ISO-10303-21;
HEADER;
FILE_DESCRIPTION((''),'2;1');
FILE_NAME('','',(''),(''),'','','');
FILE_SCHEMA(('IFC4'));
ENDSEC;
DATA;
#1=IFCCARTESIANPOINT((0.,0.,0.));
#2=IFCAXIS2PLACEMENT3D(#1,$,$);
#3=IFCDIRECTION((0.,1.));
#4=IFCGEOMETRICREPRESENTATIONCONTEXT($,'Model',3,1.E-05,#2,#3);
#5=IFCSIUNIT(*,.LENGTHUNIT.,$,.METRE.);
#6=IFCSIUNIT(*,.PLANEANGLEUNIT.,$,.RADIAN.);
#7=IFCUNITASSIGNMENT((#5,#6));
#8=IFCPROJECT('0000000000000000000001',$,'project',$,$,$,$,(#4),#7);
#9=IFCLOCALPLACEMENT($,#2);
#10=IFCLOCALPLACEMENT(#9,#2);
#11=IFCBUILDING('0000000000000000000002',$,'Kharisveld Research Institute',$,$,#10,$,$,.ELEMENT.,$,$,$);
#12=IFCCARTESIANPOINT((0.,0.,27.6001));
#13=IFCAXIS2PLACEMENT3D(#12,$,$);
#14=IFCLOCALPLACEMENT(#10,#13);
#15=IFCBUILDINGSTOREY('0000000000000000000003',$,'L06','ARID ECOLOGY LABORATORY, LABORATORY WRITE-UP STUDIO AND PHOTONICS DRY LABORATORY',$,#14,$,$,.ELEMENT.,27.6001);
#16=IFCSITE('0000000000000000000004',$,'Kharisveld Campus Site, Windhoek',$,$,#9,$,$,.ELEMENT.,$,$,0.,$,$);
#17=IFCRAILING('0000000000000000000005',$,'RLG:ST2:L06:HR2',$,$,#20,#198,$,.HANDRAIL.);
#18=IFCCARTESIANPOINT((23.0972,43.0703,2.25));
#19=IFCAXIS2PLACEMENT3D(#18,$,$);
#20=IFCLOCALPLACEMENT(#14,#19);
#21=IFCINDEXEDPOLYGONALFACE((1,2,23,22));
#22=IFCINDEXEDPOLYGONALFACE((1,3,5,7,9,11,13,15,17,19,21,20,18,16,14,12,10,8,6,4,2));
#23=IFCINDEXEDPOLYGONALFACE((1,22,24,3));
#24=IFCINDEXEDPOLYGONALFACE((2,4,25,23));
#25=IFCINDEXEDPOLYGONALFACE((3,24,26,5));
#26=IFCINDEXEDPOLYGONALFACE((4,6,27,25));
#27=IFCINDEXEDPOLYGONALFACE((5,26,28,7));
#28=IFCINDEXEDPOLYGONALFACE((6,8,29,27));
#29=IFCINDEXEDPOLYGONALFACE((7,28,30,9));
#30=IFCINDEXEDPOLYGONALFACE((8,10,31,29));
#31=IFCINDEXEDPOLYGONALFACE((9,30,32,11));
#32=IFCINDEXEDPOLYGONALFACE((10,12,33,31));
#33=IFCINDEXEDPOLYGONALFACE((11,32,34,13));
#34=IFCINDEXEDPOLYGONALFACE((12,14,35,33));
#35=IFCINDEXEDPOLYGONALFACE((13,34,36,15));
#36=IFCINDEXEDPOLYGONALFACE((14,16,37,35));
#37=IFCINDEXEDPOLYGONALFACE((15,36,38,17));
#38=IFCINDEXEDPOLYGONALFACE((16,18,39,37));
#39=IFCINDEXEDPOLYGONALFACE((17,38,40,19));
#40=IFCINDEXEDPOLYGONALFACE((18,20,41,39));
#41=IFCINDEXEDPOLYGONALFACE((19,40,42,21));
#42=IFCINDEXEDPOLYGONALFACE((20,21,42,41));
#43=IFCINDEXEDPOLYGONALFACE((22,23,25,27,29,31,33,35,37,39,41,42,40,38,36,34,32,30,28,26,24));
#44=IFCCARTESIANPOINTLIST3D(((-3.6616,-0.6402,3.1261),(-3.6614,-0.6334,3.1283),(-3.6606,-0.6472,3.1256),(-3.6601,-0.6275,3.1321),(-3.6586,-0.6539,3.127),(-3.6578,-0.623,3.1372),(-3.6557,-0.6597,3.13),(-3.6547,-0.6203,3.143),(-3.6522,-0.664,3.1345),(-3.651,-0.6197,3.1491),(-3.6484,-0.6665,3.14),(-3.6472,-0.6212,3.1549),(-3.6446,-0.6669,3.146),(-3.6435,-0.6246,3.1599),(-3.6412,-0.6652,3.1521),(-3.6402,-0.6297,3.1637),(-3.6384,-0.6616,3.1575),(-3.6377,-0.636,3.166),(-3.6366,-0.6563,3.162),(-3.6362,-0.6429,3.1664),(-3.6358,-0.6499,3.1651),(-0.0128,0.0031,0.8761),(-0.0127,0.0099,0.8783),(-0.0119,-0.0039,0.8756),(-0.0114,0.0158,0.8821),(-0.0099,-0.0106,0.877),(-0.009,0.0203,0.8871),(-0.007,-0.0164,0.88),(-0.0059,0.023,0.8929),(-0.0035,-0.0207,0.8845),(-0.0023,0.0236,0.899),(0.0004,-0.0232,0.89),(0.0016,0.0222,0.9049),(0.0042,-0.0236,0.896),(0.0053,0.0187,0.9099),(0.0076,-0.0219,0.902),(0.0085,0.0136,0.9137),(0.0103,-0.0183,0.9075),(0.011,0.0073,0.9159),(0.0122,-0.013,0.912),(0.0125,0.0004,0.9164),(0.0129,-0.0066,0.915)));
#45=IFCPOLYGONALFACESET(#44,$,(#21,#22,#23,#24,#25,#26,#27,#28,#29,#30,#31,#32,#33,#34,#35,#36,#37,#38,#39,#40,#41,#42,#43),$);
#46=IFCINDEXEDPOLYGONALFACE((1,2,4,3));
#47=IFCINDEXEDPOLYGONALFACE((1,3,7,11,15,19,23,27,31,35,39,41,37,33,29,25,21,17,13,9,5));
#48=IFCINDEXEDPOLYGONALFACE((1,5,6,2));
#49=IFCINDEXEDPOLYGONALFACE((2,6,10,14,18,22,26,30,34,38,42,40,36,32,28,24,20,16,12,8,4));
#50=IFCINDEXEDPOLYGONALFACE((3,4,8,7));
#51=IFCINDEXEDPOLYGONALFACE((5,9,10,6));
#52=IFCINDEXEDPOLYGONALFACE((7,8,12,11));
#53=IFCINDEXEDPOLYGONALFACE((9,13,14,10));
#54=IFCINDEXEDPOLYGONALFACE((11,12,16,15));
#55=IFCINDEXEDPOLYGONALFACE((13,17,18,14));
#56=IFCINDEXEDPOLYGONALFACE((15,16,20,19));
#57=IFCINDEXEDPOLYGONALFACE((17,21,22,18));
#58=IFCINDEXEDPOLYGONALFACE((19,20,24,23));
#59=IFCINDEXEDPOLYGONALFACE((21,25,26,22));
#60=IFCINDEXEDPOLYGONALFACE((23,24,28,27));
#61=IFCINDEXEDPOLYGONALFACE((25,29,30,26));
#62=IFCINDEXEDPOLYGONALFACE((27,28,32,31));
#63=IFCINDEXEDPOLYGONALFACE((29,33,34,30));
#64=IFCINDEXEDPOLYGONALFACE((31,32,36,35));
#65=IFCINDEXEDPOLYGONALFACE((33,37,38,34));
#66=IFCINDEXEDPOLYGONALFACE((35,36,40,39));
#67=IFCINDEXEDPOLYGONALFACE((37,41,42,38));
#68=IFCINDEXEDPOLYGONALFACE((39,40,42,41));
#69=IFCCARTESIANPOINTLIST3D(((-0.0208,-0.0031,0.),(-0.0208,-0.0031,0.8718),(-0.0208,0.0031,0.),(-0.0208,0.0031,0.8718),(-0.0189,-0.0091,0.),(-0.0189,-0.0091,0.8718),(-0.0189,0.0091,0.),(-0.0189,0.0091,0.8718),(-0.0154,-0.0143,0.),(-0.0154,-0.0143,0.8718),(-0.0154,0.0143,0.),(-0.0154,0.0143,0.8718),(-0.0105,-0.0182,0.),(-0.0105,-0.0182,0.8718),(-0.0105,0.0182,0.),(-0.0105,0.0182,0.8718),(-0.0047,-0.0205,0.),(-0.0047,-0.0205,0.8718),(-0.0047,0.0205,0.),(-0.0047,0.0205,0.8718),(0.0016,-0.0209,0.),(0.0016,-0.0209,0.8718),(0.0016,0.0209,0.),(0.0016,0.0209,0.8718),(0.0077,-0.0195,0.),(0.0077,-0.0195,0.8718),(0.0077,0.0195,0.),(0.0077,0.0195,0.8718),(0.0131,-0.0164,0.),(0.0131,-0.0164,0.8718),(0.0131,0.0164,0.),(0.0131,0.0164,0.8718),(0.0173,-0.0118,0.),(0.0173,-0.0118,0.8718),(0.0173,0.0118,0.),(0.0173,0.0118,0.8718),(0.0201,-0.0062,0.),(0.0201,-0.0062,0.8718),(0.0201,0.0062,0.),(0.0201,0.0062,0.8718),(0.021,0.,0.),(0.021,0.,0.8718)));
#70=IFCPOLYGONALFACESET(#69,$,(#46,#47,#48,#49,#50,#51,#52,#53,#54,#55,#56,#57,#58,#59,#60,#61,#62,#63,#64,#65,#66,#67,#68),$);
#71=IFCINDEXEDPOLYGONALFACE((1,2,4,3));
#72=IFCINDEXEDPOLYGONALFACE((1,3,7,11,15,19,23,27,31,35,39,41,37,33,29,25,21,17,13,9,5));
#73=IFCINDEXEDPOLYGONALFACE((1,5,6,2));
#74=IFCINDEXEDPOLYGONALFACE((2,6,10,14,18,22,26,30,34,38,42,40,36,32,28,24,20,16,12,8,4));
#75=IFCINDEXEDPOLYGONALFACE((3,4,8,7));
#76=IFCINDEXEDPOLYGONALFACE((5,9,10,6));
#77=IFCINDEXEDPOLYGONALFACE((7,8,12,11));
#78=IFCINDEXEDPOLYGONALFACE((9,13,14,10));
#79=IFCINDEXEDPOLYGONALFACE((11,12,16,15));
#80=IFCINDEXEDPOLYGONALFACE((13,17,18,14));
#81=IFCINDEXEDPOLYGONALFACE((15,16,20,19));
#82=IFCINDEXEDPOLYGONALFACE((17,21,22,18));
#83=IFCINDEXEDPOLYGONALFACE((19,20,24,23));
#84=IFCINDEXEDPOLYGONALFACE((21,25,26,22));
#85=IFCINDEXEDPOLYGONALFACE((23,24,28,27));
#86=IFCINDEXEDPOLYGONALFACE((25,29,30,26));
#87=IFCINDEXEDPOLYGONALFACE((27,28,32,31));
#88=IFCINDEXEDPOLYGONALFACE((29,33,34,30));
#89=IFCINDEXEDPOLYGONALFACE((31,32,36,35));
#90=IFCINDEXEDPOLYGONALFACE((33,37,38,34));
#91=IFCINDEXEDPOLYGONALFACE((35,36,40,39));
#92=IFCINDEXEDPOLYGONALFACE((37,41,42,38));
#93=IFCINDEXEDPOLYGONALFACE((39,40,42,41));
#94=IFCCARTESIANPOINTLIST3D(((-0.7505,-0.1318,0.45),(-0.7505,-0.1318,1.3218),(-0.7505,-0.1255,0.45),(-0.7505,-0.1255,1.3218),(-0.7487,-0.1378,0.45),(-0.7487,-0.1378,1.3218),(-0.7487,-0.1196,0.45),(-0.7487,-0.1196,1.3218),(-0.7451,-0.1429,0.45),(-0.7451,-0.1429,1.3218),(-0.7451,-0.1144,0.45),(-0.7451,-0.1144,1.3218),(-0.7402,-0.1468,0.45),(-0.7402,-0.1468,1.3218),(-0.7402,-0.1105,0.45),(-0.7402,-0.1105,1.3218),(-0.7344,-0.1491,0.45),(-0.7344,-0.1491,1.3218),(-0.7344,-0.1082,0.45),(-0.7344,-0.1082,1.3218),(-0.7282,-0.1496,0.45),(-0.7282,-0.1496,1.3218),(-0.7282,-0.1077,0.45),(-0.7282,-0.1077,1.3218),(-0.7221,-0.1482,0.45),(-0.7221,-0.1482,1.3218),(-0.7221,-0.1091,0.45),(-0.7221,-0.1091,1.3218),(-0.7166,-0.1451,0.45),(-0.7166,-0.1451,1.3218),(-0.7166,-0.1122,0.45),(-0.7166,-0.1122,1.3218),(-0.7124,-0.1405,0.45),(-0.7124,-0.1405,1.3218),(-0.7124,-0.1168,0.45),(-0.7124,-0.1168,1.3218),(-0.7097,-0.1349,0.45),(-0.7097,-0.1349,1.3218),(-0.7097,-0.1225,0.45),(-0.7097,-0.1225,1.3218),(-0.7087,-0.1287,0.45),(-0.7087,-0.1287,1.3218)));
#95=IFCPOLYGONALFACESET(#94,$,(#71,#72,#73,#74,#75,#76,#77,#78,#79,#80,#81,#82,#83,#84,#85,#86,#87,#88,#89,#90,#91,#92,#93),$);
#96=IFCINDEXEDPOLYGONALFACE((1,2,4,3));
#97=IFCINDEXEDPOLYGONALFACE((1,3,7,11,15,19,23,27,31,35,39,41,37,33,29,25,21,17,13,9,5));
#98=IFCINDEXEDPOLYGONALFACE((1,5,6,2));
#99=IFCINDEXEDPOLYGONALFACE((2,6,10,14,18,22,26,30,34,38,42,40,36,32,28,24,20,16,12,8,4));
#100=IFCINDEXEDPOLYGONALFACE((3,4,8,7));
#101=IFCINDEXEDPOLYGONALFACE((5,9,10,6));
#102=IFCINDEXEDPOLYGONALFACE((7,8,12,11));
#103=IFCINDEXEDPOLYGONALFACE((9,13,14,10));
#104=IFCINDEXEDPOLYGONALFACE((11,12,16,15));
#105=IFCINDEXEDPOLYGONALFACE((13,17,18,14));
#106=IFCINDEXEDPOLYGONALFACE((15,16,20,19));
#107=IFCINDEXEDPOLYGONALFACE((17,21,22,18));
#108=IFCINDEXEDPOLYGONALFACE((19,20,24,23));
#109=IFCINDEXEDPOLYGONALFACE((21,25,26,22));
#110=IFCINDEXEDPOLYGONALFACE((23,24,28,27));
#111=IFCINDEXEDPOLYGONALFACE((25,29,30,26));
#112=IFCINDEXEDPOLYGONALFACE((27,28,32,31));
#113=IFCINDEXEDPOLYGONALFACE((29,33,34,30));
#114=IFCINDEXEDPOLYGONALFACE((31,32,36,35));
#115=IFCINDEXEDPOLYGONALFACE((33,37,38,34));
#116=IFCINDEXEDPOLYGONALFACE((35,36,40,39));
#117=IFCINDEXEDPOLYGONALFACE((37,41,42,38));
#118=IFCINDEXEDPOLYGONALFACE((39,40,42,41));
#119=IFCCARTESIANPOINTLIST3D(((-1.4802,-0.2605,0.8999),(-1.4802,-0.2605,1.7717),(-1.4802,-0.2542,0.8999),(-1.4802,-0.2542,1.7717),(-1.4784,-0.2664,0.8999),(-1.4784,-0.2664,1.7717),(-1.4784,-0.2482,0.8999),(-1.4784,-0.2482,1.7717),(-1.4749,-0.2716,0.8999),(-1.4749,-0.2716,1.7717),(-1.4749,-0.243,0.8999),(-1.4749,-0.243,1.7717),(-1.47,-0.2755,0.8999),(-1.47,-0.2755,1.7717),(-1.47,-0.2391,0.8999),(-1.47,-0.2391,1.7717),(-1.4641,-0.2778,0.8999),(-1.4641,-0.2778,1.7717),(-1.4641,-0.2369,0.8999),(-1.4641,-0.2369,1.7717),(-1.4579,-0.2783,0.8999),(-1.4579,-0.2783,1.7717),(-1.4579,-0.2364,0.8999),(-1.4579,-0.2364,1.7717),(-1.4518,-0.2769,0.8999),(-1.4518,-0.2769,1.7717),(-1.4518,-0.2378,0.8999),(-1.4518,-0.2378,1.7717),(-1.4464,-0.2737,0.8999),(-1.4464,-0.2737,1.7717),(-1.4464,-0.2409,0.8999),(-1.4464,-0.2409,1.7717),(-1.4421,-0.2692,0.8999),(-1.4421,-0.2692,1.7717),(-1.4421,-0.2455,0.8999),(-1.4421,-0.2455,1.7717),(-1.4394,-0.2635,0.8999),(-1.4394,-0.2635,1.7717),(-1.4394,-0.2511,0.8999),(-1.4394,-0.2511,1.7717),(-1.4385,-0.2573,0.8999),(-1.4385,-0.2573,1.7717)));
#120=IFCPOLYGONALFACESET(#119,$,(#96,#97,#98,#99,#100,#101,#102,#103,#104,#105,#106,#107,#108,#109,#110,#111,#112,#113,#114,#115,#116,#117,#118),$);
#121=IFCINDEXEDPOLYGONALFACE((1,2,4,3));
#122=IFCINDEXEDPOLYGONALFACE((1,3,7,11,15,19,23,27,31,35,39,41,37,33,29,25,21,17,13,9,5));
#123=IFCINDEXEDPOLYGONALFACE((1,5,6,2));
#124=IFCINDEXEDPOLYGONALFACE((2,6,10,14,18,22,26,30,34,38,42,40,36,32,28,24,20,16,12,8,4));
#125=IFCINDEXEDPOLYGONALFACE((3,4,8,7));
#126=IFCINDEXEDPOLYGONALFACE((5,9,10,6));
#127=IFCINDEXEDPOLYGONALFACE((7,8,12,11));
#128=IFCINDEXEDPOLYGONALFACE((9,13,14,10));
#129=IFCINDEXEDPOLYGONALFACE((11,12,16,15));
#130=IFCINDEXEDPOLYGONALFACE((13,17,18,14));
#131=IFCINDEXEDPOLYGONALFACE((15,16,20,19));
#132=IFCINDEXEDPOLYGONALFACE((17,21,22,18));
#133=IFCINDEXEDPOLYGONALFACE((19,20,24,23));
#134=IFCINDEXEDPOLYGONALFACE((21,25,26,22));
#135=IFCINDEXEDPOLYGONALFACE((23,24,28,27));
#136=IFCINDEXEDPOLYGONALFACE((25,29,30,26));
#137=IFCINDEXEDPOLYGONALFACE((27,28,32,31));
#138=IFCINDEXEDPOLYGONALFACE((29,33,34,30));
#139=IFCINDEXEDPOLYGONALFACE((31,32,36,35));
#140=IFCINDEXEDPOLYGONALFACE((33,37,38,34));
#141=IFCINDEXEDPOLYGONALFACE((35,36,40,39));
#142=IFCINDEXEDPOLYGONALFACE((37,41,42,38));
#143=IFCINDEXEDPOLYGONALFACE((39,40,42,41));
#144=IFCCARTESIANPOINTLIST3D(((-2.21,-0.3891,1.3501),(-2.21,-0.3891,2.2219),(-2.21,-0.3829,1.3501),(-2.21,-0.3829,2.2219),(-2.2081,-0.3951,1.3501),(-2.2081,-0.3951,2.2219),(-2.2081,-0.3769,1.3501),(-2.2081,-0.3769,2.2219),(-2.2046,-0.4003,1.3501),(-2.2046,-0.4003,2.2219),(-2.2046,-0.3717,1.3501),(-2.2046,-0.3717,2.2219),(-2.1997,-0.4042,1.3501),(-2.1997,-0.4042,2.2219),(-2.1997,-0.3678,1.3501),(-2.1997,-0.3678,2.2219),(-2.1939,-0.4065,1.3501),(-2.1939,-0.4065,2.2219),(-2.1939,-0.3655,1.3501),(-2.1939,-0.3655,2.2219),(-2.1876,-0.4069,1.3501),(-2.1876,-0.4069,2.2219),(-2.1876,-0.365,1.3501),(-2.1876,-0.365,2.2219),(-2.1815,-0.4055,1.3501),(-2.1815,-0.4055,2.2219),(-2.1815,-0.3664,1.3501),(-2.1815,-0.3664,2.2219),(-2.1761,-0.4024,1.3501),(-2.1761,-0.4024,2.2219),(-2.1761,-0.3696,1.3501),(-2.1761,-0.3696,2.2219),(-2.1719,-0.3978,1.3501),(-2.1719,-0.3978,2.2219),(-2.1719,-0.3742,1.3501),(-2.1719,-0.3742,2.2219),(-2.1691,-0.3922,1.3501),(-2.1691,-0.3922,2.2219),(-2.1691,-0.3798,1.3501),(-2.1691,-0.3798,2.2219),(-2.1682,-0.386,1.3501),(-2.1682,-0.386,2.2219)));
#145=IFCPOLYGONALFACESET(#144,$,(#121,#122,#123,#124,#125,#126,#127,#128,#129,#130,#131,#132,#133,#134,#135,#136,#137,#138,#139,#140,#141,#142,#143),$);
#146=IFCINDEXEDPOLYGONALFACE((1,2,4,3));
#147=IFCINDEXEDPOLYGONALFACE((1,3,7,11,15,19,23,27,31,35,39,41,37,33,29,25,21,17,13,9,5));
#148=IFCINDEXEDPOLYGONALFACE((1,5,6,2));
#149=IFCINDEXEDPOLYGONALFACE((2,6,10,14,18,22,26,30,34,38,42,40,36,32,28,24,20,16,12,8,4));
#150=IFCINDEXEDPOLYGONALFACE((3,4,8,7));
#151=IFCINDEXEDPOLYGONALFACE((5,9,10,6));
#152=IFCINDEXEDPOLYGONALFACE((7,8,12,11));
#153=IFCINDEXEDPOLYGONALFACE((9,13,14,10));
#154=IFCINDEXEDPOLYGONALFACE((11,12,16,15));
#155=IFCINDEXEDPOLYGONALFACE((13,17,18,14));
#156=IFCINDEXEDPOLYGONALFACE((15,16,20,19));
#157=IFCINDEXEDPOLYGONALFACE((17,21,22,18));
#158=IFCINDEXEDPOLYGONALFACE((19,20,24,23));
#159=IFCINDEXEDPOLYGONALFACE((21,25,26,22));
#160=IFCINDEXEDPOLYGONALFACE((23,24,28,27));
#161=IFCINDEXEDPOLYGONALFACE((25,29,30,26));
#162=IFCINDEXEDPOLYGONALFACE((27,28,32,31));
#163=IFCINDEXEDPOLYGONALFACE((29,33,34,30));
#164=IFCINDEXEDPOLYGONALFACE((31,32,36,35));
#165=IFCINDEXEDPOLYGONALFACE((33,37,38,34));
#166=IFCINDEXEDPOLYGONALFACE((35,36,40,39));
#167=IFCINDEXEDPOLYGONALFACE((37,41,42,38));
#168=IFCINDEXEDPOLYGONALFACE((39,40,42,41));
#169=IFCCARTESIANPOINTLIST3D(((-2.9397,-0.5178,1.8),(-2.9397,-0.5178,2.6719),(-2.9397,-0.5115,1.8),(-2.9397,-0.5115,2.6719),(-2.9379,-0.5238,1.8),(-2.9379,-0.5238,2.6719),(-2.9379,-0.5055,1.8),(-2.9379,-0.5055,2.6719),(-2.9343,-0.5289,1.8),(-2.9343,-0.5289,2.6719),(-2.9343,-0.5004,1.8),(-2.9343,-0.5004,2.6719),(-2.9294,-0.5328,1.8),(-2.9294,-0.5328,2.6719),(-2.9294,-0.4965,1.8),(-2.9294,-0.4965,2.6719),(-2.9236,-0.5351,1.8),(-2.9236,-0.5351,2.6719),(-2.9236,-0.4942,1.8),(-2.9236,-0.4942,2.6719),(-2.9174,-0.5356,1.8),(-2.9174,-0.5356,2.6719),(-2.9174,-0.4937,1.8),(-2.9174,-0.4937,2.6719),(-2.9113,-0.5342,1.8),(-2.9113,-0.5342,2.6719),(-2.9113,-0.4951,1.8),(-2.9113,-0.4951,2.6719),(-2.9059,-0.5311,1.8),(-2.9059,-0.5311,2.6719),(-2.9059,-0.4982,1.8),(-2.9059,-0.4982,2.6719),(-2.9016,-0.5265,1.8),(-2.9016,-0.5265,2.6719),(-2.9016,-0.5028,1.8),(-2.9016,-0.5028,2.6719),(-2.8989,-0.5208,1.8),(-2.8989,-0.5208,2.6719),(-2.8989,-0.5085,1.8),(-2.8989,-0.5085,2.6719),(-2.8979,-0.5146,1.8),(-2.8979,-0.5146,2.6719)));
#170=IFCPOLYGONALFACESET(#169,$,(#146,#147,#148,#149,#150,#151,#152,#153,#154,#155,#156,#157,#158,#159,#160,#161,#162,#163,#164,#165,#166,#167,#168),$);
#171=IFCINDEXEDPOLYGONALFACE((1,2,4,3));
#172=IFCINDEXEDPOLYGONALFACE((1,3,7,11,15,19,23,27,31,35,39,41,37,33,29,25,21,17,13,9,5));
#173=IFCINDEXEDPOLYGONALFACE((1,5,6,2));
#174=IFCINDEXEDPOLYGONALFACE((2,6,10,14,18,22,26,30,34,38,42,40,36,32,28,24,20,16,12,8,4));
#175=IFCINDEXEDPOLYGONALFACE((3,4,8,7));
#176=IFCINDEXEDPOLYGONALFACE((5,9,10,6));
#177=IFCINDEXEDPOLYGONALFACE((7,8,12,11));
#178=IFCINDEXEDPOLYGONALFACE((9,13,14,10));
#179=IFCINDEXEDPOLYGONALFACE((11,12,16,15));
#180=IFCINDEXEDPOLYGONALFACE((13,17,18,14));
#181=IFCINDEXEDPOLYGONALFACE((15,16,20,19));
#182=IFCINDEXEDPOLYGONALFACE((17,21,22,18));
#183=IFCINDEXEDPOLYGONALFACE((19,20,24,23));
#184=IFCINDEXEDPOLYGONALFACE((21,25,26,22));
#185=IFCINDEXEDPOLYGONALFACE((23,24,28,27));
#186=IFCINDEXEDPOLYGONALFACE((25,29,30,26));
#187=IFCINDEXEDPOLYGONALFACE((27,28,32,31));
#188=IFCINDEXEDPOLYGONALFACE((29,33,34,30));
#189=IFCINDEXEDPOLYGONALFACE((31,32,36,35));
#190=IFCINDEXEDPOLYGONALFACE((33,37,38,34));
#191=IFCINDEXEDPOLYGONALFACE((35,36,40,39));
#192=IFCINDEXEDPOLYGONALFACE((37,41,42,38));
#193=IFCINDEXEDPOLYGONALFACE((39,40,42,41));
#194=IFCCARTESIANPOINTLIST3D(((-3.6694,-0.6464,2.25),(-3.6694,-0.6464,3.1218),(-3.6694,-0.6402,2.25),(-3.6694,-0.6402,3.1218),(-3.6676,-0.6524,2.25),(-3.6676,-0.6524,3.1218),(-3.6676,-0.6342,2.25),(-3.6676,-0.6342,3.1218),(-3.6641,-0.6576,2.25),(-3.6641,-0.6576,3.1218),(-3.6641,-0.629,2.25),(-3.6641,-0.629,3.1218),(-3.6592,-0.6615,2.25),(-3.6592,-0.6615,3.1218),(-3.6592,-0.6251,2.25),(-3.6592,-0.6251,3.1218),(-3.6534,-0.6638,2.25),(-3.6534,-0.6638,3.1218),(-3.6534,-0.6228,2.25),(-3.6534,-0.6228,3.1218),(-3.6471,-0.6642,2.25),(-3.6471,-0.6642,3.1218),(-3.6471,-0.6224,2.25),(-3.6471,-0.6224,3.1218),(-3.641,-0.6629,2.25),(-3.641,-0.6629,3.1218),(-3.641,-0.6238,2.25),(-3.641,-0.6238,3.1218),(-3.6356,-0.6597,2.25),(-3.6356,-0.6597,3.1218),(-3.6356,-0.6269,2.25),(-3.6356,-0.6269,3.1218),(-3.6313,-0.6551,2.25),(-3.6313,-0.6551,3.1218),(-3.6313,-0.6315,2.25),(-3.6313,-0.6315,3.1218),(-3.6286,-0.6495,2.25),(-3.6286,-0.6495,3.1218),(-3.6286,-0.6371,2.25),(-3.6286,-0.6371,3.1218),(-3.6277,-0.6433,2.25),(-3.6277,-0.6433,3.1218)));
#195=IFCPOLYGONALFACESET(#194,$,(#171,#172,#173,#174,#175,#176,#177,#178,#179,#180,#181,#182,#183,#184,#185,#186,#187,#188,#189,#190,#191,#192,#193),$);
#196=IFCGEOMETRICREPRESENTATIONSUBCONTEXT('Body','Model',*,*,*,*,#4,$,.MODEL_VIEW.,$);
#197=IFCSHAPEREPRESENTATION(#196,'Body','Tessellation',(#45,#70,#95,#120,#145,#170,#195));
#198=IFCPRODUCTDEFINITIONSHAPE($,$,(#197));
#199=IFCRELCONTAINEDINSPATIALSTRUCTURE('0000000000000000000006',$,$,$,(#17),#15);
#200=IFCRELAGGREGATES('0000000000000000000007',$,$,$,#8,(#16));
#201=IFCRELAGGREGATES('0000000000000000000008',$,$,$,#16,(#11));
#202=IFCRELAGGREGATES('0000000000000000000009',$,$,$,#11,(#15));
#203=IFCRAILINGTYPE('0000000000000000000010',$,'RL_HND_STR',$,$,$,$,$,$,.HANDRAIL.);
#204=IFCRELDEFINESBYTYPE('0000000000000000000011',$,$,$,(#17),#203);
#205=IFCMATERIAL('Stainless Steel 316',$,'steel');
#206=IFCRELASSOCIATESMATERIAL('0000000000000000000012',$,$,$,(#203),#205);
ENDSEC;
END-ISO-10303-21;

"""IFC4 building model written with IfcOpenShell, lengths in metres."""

from ifc_helpers import new_model, si_unit, direction, frame, origin, origin_2d, place, context, subcontext, project, spatial, circle, extrude, material, type_object, element, save


model = new_model("IFC4")

# Units and contexts
model_context = context("Model", 3, precision=1e-05, world=origin(), true_north=direction((0.0, 1.0)))
body_context = subcontext(model_context, "Body", "Model", "MODEL_VIEW")
ifc_project = project(units=[si_unit("LENGTHUNIT", "METRE"), si_unit("PLANEANGLEUNIT", "RADIAN")], contexts=[model_context])

# Site, building, storey
site_placement = place(None, origin())
site = spatial("IfcSite", under=ifc_project, at=site_placement, Name="Kharisveld Campus Site, Windhoek", CompositionType="ELEMENT", RefElevation=0.0)
building_placement = place(site_placement, origin())
building = spatial("IfcBuilding", under=site, at=building_placement, Name="Kharisveld Research Institute", CompositionType="ELEMENT")
storey_placement = place(building_placement, frame((0.0, 0.0, 27.6001)))
storey = spatial("IfcBuildingStorey", under=building, at=storey_placement, Name="L06", Description="ARID ECOLOGY LABORATORY, LABORATORY WRITE-UP STUDIO AND PHOTONICS DRY LABORATORY", CompositionType="ELEMENT", Elevation=27.6001)

# Railing
ifc_material_1 = material(Name="Stainless Steel 316", Category="steel")
railing_type = type_object("IfcRailingType", Name="RL_HND_STR", PredefinedType="HANDRAIL", material=ifc_material_1)
railing_placement = place(storey_placement, frame((23.0972, 43.0703, 2.25)))
element("IfcRailing", 1, at=railing_placement, inside=storey, type_object=railing_type, Name="RLG:ST2:L06:HR2", PredefinedType="HANDRAIL", context=body_context, shape_type="SweptSolid", body=[
    extrude(circle(Radius=0.0239, at=origin_2d()), frame((0.0, 0.0, 0.896), z_axis=(-0.841747, -0.148411, 0.519073), x_axis=(0.173635, -0.98481, 0.0)), (0.0, 0.0, 1.0), 4.3347),
    extrude(circle(Radius=0.021, at=origin_2d()), origin(), (0.0, 0.0, 1.0), 0.8718),
    extrude(circle(Radius=0.021, at=origin_2d()), frame((-0.7297, -0.1287, 0.45)), (0.0, 0.0, 1.0), 0.8718),
    extrude(circle(Radius=0.021, at=origin_2d()), frame((-1.4595, -0.2573, 0.8999)), (0.0, 0.0, 1.0), 0.8718),
    extrude(circle(Radius=0.021, at=origin_2d()), frame((-2.1892, -0.386, 1.3501)), (0.0, 0.0, 1.0), 0.8718),
    extrude(circle(Radius=0.021, at=origin_2d()), frame((-2.9189, -0.5146, 1.8)), (0.0, 0.0, 1.0), 0.8718),
    extrude(circle(Radius=0.021, at=origin_2d()), frame((-3.6487, -0.6433, 2.25)), (0.0, 0.0, 1.0), 0.8718),
])

save(model, "model.ifc")
